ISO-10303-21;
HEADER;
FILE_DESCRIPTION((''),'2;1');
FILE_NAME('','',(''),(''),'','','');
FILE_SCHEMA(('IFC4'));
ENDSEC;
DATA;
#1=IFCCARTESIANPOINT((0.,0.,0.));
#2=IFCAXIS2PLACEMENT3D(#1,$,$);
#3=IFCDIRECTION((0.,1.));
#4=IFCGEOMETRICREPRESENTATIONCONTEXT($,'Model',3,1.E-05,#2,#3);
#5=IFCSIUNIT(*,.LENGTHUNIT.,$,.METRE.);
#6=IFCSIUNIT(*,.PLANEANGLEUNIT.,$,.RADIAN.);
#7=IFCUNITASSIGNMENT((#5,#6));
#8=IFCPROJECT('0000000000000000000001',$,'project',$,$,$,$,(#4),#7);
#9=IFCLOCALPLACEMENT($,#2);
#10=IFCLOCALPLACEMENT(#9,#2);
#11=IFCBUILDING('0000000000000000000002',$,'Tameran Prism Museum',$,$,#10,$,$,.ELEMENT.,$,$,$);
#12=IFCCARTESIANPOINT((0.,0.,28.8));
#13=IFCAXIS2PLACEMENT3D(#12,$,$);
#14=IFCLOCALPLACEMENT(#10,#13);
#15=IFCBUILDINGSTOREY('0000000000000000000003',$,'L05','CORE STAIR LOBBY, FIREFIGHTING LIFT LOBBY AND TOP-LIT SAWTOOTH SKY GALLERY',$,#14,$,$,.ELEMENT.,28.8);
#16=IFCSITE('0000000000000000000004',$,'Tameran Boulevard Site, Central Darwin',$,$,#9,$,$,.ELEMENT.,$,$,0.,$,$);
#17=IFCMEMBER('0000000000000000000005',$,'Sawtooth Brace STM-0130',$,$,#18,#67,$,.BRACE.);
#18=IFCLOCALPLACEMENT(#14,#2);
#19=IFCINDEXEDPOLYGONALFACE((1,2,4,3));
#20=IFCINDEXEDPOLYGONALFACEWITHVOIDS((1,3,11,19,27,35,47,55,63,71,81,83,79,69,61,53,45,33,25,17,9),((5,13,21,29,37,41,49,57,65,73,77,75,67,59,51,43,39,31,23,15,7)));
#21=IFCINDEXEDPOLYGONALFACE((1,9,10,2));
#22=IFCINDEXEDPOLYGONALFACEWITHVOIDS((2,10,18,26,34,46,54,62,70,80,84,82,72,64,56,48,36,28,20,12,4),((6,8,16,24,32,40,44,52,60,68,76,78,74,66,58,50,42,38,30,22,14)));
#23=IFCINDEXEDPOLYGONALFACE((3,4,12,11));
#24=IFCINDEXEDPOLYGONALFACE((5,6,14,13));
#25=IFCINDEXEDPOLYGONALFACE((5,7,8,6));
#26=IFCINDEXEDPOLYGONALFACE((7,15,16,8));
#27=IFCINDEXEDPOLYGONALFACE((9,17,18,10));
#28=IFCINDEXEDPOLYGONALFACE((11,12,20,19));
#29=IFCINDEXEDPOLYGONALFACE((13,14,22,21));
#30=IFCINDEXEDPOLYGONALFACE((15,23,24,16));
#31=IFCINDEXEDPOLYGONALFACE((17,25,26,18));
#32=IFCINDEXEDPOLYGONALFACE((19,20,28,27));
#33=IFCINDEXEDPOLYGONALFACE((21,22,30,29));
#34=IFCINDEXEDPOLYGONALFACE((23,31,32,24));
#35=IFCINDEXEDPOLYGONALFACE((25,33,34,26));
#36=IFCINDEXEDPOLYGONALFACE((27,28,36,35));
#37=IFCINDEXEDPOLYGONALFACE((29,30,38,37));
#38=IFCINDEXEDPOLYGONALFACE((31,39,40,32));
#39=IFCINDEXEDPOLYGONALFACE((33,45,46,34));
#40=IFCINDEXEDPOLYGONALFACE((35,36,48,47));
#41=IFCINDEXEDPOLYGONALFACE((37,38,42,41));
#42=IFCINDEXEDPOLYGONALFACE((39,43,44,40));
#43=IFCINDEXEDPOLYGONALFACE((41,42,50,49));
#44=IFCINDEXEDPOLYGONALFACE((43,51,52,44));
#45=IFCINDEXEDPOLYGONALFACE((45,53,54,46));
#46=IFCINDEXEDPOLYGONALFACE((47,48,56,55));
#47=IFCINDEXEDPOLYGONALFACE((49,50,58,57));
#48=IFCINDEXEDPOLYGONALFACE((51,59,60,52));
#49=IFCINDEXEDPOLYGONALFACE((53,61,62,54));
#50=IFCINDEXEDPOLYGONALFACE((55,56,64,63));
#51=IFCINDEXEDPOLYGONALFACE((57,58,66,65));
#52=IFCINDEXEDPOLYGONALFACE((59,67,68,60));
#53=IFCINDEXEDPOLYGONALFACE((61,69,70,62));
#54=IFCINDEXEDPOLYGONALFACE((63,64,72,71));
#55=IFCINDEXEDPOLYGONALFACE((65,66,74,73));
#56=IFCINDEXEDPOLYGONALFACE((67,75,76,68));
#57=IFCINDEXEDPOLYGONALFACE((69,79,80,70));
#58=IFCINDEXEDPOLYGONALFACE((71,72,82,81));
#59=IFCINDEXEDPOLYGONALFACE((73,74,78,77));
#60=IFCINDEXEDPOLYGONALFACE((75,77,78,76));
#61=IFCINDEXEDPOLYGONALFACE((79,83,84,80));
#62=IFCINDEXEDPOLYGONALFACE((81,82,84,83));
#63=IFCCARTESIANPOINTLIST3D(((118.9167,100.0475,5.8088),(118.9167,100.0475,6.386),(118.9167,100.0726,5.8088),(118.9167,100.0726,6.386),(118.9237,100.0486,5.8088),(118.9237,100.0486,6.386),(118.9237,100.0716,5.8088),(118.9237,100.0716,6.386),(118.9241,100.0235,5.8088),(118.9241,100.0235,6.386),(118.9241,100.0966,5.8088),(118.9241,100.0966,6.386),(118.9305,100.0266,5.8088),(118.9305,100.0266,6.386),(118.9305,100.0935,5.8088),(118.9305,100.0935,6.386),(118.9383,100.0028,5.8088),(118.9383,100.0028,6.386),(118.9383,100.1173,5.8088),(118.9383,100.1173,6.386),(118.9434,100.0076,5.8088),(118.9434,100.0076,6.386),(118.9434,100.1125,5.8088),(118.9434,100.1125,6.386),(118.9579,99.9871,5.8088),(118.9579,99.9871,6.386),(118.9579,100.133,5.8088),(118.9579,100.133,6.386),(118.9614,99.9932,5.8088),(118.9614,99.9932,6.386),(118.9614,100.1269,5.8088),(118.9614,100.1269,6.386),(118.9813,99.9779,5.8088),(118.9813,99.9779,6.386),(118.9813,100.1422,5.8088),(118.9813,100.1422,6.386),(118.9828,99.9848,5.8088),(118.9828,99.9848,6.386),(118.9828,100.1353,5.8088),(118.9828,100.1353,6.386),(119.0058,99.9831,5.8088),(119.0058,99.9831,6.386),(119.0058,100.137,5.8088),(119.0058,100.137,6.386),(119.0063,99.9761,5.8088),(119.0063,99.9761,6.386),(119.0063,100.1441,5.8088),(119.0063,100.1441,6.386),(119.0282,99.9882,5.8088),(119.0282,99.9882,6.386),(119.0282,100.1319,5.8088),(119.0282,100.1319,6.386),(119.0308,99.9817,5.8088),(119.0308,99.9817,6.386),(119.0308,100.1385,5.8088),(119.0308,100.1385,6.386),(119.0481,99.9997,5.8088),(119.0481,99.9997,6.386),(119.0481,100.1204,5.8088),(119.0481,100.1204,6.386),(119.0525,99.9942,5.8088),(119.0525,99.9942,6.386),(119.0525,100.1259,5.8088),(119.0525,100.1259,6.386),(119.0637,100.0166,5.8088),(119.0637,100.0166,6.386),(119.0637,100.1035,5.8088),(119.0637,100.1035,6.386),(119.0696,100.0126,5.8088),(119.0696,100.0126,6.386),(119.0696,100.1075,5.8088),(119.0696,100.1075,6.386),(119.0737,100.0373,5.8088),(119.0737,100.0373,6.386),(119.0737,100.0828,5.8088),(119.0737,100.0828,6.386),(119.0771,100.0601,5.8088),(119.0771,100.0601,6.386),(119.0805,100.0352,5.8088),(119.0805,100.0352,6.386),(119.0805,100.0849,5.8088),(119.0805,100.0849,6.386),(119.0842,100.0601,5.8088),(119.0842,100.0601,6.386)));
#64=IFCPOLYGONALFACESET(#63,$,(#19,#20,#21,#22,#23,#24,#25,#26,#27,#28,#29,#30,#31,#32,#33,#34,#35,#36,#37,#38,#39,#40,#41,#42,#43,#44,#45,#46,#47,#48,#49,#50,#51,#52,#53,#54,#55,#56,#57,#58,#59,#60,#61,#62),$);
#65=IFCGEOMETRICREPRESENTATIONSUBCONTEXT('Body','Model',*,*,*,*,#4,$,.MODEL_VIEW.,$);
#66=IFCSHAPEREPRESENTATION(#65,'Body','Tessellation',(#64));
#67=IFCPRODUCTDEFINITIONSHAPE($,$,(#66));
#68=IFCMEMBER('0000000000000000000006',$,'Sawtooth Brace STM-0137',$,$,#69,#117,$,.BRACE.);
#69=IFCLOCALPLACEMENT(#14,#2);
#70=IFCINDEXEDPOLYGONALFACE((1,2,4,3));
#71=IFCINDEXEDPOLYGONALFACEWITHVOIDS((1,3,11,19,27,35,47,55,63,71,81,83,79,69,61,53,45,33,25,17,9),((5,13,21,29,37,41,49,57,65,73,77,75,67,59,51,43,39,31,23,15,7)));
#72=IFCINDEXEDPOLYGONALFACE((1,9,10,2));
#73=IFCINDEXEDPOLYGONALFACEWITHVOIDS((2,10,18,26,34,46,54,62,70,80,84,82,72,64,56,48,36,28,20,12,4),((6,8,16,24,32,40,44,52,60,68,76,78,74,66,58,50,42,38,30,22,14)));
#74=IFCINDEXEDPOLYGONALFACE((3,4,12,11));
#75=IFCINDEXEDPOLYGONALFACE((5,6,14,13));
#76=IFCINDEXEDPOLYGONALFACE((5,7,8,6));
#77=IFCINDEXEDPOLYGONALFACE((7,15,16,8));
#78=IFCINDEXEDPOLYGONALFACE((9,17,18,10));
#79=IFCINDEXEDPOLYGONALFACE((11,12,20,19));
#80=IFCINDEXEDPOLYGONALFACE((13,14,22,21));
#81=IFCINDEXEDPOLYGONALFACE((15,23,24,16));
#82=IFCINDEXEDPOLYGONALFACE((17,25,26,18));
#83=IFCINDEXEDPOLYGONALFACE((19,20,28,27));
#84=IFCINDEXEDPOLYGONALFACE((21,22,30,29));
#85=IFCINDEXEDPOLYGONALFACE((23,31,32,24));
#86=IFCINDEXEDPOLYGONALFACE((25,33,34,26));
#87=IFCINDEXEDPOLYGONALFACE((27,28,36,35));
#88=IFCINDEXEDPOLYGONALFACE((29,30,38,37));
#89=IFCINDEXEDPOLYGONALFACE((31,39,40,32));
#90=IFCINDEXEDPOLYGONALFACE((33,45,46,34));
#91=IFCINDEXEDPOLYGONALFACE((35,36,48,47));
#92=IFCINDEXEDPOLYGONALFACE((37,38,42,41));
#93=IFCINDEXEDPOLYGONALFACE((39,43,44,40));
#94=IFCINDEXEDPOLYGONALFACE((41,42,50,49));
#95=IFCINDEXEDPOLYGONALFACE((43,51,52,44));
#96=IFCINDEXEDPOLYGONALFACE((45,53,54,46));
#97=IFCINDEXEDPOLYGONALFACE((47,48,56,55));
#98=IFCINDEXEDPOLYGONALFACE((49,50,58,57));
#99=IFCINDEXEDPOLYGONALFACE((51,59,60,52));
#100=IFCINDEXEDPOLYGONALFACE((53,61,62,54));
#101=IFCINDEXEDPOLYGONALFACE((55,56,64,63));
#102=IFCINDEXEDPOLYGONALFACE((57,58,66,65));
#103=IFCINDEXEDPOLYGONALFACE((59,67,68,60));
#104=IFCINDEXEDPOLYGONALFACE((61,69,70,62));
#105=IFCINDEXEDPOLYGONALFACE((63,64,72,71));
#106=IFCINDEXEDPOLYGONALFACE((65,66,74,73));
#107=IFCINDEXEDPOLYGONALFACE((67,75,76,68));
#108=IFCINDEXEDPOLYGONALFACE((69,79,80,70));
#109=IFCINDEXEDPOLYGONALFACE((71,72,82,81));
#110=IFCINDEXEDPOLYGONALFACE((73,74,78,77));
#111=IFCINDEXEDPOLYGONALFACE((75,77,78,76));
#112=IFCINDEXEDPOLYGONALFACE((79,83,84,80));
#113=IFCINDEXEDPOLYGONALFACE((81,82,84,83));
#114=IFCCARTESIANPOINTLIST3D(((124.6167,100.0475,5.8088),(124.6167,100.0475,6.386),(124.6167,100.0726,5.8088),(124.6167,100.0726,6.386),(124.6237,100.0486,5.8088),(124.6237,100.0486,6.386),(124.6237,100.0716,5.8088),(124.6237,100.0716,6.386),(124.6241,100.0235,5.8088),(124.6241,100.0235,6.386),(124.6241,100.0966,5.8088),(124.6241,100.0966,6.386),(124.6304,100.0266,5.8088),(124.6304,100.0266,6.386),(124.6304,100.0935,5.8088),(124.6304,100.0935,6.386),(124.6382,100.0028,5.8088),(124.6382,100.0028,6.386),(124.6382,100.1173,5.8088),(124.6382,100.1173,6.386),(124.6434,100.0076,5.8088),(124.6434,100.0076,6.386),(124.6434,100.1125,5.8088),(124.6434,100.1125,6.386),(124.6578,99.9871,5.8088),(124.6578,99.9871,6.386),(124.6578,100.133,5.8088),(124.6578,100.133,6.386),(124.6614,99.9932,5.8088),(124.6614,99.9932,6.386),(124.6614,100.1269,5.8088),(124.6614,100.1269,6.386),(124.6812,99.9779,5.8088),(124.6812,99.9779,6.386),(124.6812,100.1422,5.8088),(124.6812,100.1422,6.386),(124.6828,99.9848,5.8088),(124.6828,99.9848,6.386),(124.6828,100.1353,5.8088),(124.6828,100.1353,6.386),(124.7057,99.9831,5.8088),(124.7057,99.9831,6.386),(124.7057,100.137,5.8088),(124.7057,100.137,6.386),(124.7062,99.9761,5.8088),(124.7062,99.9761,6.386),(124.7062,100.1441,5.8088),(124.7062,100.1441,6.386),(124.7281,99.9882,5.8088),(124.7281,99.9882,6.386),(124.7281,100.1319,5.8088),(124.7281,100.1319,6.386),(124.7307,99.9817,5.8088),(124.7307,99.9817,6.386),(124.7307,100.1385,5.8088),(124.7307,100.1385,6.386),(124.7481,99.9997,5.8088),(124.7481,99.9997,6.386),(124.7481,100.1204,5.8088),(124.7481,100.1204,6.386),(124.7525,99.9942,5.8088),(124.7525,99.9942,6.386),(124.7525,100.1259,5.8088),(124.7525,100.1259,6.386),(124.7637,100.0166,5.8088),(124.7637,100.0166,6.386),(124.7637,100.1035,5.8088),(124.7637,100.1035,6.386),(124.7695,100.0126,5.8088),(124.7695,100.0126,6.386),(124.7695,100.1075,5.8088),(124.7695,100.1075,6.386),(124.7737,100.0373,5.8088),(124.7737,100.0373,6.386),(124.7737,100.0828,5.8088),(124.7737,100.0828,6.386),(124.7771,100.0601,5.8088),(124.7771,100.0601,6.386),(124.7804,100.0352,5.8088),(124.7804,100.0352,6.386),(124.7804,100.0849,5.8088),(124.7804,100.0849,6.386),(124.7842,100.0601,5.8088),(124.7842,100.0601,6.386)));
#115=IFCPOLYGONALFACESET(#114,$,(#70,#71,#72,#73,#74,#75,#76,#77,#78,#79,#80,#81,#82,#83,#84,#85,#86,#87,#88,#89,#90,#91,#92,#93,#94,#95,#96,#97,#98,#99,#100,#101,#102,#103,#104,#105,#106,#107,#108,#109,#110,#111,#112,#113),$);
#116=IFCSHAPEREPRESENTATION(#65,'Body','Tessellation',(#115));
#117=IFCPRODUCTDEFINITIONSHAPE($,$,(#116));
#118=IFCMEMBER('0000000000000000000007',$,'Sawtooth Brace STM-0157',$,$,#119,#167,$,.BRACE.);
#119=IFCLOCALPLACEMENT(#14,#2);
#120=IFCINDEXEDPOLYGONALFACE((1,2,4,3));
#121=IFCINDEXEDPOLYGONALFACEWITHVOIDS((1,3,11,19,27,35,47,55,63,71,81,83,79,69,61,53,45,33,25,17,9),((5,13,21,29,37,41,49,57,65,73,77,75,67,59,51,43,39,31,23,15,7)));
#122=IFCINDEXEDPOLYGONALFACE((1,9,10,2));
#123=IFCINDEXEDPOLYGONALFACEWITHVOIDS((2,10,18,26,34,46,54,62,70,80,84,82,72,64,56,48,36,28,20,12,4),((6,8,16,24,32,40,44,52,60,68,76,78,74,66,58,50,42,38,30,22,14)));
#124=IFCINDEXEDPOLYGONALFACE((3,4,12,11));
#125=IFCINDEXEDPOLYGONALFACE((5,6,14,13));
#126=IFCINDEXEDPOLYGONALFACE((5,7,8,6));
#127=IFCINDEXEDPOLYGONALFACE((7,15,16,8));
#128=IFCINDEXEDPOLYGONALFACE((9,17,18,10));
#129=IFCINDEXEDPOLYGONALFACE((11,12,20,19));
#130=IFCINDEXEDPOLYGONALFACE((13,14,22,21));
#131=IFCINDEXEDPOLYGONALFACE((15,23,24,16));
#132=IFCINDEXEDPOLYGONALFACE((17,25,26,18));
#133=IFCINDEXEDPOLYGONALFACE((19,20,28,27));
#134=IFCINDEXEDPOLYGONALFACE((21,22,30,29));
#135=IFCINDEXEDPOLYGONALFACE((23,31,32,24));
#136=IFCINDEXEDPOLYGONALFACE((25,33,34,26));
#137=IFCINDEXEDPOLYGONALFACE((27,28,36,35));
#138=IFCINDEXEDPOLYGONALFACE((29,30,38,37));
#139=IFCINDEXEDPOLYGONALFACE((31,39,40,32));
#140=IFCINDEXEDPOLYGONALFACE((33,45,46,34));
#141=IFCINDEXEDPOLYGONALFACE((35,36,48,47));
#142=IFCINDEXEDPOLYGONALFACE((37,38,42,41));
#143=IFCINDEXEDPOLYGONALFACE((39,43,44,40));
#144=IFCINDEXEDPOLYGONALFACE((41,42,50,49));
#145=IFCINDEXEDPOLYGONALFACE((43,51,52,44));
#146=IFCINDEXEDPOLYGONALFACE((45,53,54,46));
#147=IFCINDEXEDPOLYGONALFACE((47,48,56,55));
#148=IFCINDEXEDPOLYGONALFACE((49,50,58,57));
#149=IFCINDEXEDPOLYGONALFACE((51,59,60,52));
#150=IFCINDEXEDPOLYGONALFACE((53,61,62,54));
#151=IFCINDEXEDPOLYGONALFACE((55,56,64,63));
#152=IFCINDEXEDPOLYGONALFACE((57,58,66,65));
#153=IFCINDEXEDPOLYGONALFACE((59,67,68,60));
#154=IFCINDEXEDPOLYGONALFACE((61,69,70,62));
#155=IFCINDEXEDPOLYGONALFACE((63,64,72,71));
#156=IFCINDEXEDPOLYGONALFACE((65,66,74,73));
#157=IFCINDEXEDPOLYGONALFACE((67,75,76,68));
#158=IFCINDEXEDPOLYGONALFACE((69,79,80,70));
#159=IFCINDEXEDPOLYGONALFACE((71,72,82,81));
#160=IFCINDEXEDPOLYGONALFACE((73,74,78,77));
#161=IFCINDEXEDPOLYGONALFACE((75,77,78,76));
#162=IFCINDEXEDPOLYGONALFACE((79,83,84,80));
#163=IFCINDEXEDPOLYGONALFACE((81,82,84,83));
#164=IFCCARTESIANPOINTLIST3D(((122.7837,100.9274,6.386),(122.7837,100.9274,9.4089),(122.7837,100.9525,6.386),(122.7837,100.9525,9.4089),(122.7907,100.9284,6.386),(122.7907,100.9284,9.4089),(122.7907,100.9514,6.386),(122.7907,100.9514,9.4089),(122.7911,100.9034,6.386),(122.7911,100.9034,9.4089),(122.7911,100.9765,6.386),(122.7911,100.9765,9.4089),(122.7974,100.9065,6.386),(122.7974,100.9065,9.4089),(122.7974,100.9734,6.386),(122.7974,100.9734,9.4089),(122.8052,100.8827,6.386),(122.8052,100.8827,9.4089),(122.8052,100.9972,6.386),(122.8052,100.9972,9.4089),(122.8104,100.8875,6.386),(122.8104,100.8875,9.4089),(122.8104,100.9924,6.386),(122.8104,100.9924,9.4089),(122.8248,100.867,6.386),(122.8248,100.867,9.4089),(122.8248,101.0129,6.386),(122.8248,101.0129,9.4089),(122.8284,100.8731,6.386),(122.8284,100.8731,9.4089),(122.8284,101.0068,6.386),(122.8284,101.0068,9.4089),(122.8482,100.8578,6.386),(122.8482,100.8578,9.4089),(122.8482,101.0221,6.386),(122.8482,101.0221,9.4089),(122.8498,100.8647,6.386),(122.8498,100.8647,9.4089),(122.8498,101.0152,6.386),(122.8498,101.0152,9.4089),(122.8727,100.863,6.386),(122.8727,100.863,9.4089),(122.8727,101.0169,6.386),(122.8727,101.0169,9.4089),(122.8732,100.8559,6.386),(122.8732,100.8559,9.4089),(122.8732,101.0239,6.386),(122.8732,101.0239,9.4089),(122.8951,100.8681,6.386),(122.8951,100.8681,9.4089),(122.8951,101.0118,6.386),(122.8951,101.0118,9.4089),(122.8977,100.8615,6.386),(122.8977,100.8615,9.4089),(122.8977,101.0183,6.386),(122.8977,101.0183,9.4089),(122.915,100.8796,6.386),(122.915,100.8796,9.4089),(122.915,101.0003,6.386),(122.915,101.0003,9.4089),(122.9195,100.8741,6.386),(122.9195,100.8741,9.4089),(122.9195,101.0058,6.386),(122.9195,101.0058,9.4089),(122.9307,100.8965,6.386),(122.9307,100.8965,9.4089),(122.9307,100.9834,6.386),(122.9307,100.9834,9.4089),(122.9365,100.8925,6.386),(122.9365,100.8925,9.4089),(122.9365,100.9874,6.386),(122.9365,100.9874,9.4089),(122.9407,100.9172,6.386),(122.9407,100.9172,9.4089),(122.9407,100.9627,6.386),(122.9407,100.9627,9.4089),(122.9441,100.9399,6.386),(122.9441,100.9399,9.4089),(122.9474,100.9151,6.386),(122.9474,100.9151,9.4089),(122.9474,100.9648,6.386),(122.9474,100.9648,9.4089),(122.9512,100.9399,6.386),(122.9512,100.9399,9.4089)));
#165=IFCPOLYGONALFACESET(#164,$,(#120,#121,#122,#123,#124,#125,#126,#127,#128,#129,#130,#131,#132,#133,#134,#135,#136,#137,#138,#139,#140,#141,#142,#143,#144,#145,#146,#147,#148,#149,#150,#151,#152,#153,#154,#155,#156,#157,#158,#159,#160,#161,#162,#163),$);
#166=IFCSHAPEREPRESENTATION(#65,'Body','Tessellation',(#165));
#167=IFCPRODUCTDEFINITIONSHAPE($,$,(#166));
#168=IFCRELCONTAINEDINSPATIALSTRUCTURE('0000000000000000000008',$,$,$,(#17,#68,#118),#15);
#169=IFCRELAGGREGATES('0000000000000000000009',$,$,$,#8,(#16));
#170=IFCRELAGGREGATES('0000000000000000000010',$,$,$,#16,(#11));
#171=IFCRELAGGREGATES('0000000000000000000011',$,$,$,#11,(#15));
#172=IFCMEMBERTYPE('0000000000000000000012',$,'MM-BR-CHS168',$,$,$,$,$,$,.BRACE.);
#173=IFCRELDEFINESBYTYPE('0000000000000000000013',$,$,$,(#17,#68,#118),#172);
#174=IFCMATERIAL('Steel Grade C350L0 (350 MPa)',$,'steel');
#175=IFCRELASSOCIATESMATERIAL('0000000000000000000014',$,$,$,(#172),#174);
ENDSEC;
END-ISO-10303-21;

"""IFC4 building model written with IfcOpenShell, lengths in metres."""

from ifc_helpers import new_model, si_unit, direction, frame, origin, origin_2d, place, context, subcontext, project, spatial, hollow_circle, extrude, material, material_profile, profile_set, type_object, element, save


model = new_model("IFC4")

# Units and contexts
model_context = context("Model", 3, precision=1e-05, world=origin(), true_north=direction((0.0, 1.0)))
body_context = subcontext(model_context, "Body", "Model", "MODEL_VIEW")
ifc_project = project(units=[si_unit("LENGTHUNIT", "METRE"), si_unit("PLANEANGLEUNIT", "RADIAN")], contexts=[model_context])

# Site, building, storey
site_placement = place(None, origin())
site = spatial("IfcSite", under=ifc_project, at=site_placement, Name="Tameran Boulevard Site, Central Darwin", CompositionType="ELEMENT", RefElevation=0.0)
building_placement = place(site_placement, origin())
building = spatial("IfcBuilding", under=site, at=building_placement, Name="Tameran Prism Museum", CompositionType="ELEMENT")
storey_placement = place(building_placement, frame((0.0, 0.0, 28.8)))
storey = spatial("IfcBuildingStorey", under=building, at=storey_placement, Name="L05", Description="CORE STAIR LOBBY, FIREFIGHTING LIFT LOBBY AND TOP-LIT SAWTOOTH SKY GALLERY", CompositionType="ELEMENT", Elevation=28.8)

# Members
ifc_material_1 = material(Name="Steel Grade C350L0 (350 MPa)", Category="steel")
ifc_material_profile_1 = material_profile(ifc_material_1, hollow_circle(Radius=0.0842, WallThickness=0.0071, at=origin_2d()))
ifc_profile_set_1 = profile_set([ifc_material_profile_1])
member_type_1 = type_object("IfcMemberType", Name="MM-BR-CHS168", PredefinedType="BRACE", material=ifc_profile_set_1)
for number, where, z_axis, x_axis, name in (
    (1, (119.0, 100.0601, 6.386), (0.0, 0.0, -1.0), (1.0, 0.0, 0.0), "Sawtooth Brace STM-0130"),
    (2, (124.7, 100.0601, 6.386), (0.0, 0.0, -1.0), (1.0, 0.0, 0.0), "Sawtooth Brace STM-0137"),
):
    element("IfcMember", number, at=place(storey_placement, frame(where, z_axis=z_axis, x_axis=x_axis)), inside=storey, type_object=member_type_1, Name=name, PredefinedType="BRACE", context=body_context, shape_type="SweptSolid", body=[
        extrude(hollow_circle(Radius=0.0842, WallThickness=0.0071, at=origin_2d()), origin(), (0.0, 0.0, 1.0), 0.5771),
    ])
member_1_placement = place(storey_placement, frame((122.8669, 100.9399, 6.386), z_axis=(0.0, 0.0, 1.0), x_axis=(1.0, 0.0, 0.0)))
element("IfcMember", 3, at=member_1_placement, inside=storey, type_object=member_type_1, Name="Sawtooth Brace STM-0157", PredefinedType="BRACE", context=body_context, shape_type="SweptSolid", body=[
    extrude(hollow_circle(Radius=0.0842, WallThickness=0.0071, at=origin_2d()), origin(), (0.0, 0.0, 1.0), 3.0229),
])

save(model, "model.ifc")
